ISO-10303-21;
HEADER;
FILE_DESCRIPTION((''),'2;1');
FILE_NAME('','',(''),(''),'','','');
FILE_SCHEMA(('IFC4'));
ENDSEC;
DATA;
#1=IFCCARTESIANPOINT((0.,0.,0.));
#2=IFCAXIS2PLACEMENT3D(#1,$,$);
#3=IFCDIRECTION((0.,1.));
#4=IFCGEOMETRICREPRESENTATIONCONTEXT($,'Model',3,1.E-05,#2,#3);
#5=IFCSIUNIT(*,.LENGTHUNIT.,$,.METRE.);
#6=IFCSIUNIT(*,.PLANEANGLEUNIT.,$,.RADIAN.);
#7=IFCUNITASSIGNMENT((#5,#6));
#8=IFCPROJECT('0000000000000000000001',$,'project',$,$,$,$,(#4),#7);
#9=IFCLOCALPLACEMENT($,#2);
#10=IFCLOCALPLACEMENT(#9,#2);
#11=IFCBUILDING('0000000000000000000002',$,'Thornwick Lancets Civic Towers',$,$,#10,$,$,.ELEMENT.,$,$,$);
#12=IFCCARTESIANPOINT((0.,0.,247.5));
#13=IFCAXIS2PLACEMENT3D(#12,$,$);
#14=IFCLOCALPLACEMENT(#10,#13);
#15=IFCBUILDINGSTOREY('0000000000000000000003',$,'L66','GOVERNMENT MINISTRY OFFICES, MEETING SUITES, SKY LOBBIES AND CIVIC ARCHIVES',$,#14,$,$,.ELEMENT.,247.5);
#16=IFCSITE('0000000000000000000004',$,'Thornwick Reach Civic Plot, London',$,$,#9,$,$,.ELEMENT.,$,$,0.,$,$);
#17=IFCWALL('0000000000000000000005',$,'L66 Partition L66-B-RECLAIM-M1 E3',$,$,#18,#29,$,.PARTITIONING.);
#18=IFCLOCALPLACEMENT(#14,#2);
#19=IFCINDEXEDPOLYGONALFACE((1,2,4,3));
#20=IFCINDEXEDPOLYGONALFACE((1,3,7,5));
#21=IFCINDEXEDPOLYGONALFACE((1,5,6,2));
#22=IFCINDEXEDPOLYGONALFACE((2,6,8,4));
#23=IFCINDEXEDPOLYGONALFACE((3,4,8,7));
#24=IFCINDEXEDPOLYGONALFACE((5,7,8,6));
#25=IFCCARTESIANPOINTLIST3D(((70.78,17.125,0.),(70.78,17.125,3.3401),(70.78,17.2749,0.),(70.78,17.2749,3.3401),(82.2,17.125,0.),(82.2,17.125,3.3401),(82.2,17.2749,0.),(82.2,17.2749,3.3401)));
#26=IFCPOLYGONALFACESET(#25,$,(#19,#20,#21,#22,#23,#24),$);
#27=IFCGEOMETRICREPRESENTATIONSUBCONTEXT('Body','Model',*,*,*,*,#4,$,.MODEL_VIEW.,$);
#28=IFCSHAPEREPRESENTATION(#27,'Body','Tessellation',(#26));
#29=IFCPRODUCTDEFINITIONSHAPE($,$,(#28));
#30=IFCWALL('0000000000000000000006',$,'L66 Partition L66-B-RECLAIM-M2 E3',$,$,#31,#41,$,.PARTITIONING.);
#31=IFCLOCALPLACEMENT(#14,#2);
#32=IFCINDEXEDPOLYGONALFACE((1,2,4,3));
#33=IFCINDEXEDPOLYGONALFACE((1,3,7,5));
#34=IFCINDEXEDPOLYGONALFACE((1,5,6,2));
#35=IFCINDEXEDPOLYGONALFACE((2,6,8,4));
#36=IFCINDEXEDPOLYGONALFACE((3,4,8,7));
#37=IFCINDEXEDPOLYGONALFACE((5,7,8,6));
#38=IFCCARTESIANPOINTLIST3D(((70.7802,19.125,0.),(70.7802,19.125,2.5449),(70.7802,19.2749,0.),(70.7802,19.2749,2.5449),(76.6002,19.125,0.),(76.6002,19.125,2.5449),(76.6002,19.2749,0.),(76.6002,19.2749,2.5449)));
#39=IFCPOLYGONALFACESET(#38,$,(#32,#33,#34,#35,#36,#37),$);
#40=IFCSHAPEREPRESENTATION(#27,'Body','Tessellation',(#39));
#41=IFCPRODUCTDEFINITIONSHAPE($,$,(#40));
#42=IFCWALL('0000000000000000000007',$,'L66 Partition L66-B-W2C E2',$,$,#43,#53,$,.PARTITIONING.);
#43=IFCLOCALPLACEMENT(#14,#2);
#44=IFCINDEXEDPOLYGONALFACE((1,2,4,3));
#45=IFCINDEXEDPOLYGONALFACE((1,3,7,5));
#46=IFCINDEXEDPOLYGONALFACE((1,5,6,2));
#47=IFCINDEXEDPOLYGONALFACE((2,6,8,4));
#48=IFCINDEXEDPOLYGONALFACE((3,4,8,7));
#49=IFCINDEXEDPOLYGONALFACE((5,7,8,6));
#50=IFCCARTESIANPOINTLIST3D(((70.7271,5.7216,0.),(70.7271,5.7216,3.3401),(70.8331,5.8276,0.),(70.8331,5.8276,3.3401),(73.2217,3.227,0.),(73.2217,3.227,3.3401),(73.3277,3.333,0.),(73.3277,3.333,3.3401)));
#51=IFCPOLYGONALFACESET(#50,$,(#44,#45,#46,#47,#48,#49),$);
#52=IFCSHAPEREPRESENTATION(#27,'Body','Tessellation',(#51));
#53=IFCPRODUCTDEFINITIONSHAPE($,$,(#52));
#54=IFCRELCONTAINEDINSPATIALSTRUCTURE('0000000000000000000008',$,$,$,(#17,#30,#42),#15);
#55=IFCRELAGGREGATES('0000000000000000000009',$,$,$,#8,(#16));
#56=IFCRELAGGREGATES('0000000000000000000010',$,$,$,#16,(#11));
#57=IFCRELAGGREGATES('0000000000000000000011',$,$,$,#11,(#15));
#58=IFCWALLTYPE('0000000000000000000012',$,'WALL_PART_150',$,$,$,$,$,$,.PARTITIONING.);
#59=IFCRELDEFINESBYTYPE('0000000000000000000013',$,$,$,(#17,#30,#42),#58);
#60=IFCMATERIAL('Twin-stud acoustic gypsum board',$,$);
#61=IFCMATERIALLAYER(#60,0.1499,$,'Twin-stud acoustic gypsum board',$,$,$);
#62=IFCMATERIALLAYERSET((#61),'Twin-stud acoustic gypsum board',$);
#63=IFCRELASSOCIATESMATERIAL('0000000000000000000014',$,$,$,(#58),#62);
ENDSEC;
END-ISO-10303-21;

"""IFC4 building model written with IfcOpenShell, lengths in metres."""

from ifc_helpers import new_model, si_unit, direction, frame, frame_2d, origin, place, context, subcontext, project, spatial, rectangle, extrude, material, layer, layer_set, type_object, element, save


model = new_model("IFC4")

# Units and contexts
model_context = context("Model", 3, precision=1e-05, world=origin(), true_north=direction((0.0, 1.0)))
body_context = subcontext(model_context, "Body", "Model", "MODEL_VIEW")
ifc_project = project(units=[si_unit("LENGTHUNIT", "METRE"), si_unit("PLANEANGLEUNIT", "RADIAN")], contexts=[model_context])

# Site, building, storey
site_placement = place(None, origin())
site = spatial("IfcSite", under=ifc_project, at=site_placement, Name="Thornwick Reach Civic Plot, London", CompositionType="ELEMENT", RefElevation=0.0)
building_placement = place(site_placement, origin())
building = spatial("IfcBuilding", under=site, at=building_placement, Name="Thornwick Lancets Civic Towers", CompositionType="ELEMENT")
storey_placement = place(building_placement, frame((0.0, 0.0, 247.5)))
storey = spatial("IfcBuildingStorey", under=building, at=storey_placement, Name="L66", Description="GOVERNMENT MINISTRY OFFICES, MEETING SUITES, SKY LOBBIES AND CIVIC ARCHIVES", CompositionType="ELEMENT", Elevation=247.5)

# Walls
ifc_material_1 = material(Name="Twin-stud acoustic gypsum board")
ifc_layer_1 = layer(ifc_material_1, 0.1499, Name="Twin-stud acoustic gypsum board")
ifc_layer_set_1 = layer_set([ifc_layer_1], Name="Twin-stud acoustic gypsum board")
wall_type_1 = type_object("IfcWallType", Name="WALL_PART_150", PredefinedType="PARTITIONING", material=ifc_layer_set_1)
wall_1_placement = place(storey_placement, frame((70.78, 17.2, 0.0), z_axis=(0.0, 0.0, 1.0), x_axis=(1.0, 0.0, 0.0)))
element("IfcWall", 1, at=wall_1_placement, inside=storey, type_object=wall_type_1, Name="L66 Partition L66-B-RECLAIM-M1 E3", PredefinedType="PARTITIONING", context=body_context, shape_type="SweptSolid", body=[
    extrude(rectangle(XDim=11.4199, YDim=0.1499, at=frame_2d((5.71, 0.0))), origin(), (0.0, 0.0, 1.0), 3.3401),
])
wall_2_placement = place(storey_placement, frame((70.78, 19.2, 0.0), z_axis=(0.0, 0.0, 1.0), x_axis=(1.0, 0.0, 0.0)))
element("IfcWall", 2, at=wall_2_placement, inside=storey, type_object=wall_type_1, Name="L66 Partition L66-B-RECLAIM-M2 E3", PredefinedType="PARTITIONING", context=body_context, shape_type="SweptSolid", body=[
    extrude(rectangle(XDim=5.8201, YDim=0.1499, at=frame_2d((2.9102, 0.0))), origin(), (0.0, 0.0, 1.0), 2.5449),
])
wall_3_placement = place(storey_placement, frame((73.2747, 3.28, 0.0), z_axis=(0.0, 0.0, 1.0), x_axis=(-0.707107, 0.707107, 0.0)))
element("IfcWall", 3, at=wall_3_placement, inside=storey, type_object=wall_type_1, Name="L66 Partition L66-B-W2C E2", PredefinedType="PARTITIONING", context=body_context, shape_type="SweptSolid", body=[
    extrude(rectangle(XDim=3.5278, YDim=0.1499, at=frame_2d((1.7639, 0.0))), origin(), (0.0, 0.0, 1.0), 3.3401),
])

save(model, "model.ifc")
